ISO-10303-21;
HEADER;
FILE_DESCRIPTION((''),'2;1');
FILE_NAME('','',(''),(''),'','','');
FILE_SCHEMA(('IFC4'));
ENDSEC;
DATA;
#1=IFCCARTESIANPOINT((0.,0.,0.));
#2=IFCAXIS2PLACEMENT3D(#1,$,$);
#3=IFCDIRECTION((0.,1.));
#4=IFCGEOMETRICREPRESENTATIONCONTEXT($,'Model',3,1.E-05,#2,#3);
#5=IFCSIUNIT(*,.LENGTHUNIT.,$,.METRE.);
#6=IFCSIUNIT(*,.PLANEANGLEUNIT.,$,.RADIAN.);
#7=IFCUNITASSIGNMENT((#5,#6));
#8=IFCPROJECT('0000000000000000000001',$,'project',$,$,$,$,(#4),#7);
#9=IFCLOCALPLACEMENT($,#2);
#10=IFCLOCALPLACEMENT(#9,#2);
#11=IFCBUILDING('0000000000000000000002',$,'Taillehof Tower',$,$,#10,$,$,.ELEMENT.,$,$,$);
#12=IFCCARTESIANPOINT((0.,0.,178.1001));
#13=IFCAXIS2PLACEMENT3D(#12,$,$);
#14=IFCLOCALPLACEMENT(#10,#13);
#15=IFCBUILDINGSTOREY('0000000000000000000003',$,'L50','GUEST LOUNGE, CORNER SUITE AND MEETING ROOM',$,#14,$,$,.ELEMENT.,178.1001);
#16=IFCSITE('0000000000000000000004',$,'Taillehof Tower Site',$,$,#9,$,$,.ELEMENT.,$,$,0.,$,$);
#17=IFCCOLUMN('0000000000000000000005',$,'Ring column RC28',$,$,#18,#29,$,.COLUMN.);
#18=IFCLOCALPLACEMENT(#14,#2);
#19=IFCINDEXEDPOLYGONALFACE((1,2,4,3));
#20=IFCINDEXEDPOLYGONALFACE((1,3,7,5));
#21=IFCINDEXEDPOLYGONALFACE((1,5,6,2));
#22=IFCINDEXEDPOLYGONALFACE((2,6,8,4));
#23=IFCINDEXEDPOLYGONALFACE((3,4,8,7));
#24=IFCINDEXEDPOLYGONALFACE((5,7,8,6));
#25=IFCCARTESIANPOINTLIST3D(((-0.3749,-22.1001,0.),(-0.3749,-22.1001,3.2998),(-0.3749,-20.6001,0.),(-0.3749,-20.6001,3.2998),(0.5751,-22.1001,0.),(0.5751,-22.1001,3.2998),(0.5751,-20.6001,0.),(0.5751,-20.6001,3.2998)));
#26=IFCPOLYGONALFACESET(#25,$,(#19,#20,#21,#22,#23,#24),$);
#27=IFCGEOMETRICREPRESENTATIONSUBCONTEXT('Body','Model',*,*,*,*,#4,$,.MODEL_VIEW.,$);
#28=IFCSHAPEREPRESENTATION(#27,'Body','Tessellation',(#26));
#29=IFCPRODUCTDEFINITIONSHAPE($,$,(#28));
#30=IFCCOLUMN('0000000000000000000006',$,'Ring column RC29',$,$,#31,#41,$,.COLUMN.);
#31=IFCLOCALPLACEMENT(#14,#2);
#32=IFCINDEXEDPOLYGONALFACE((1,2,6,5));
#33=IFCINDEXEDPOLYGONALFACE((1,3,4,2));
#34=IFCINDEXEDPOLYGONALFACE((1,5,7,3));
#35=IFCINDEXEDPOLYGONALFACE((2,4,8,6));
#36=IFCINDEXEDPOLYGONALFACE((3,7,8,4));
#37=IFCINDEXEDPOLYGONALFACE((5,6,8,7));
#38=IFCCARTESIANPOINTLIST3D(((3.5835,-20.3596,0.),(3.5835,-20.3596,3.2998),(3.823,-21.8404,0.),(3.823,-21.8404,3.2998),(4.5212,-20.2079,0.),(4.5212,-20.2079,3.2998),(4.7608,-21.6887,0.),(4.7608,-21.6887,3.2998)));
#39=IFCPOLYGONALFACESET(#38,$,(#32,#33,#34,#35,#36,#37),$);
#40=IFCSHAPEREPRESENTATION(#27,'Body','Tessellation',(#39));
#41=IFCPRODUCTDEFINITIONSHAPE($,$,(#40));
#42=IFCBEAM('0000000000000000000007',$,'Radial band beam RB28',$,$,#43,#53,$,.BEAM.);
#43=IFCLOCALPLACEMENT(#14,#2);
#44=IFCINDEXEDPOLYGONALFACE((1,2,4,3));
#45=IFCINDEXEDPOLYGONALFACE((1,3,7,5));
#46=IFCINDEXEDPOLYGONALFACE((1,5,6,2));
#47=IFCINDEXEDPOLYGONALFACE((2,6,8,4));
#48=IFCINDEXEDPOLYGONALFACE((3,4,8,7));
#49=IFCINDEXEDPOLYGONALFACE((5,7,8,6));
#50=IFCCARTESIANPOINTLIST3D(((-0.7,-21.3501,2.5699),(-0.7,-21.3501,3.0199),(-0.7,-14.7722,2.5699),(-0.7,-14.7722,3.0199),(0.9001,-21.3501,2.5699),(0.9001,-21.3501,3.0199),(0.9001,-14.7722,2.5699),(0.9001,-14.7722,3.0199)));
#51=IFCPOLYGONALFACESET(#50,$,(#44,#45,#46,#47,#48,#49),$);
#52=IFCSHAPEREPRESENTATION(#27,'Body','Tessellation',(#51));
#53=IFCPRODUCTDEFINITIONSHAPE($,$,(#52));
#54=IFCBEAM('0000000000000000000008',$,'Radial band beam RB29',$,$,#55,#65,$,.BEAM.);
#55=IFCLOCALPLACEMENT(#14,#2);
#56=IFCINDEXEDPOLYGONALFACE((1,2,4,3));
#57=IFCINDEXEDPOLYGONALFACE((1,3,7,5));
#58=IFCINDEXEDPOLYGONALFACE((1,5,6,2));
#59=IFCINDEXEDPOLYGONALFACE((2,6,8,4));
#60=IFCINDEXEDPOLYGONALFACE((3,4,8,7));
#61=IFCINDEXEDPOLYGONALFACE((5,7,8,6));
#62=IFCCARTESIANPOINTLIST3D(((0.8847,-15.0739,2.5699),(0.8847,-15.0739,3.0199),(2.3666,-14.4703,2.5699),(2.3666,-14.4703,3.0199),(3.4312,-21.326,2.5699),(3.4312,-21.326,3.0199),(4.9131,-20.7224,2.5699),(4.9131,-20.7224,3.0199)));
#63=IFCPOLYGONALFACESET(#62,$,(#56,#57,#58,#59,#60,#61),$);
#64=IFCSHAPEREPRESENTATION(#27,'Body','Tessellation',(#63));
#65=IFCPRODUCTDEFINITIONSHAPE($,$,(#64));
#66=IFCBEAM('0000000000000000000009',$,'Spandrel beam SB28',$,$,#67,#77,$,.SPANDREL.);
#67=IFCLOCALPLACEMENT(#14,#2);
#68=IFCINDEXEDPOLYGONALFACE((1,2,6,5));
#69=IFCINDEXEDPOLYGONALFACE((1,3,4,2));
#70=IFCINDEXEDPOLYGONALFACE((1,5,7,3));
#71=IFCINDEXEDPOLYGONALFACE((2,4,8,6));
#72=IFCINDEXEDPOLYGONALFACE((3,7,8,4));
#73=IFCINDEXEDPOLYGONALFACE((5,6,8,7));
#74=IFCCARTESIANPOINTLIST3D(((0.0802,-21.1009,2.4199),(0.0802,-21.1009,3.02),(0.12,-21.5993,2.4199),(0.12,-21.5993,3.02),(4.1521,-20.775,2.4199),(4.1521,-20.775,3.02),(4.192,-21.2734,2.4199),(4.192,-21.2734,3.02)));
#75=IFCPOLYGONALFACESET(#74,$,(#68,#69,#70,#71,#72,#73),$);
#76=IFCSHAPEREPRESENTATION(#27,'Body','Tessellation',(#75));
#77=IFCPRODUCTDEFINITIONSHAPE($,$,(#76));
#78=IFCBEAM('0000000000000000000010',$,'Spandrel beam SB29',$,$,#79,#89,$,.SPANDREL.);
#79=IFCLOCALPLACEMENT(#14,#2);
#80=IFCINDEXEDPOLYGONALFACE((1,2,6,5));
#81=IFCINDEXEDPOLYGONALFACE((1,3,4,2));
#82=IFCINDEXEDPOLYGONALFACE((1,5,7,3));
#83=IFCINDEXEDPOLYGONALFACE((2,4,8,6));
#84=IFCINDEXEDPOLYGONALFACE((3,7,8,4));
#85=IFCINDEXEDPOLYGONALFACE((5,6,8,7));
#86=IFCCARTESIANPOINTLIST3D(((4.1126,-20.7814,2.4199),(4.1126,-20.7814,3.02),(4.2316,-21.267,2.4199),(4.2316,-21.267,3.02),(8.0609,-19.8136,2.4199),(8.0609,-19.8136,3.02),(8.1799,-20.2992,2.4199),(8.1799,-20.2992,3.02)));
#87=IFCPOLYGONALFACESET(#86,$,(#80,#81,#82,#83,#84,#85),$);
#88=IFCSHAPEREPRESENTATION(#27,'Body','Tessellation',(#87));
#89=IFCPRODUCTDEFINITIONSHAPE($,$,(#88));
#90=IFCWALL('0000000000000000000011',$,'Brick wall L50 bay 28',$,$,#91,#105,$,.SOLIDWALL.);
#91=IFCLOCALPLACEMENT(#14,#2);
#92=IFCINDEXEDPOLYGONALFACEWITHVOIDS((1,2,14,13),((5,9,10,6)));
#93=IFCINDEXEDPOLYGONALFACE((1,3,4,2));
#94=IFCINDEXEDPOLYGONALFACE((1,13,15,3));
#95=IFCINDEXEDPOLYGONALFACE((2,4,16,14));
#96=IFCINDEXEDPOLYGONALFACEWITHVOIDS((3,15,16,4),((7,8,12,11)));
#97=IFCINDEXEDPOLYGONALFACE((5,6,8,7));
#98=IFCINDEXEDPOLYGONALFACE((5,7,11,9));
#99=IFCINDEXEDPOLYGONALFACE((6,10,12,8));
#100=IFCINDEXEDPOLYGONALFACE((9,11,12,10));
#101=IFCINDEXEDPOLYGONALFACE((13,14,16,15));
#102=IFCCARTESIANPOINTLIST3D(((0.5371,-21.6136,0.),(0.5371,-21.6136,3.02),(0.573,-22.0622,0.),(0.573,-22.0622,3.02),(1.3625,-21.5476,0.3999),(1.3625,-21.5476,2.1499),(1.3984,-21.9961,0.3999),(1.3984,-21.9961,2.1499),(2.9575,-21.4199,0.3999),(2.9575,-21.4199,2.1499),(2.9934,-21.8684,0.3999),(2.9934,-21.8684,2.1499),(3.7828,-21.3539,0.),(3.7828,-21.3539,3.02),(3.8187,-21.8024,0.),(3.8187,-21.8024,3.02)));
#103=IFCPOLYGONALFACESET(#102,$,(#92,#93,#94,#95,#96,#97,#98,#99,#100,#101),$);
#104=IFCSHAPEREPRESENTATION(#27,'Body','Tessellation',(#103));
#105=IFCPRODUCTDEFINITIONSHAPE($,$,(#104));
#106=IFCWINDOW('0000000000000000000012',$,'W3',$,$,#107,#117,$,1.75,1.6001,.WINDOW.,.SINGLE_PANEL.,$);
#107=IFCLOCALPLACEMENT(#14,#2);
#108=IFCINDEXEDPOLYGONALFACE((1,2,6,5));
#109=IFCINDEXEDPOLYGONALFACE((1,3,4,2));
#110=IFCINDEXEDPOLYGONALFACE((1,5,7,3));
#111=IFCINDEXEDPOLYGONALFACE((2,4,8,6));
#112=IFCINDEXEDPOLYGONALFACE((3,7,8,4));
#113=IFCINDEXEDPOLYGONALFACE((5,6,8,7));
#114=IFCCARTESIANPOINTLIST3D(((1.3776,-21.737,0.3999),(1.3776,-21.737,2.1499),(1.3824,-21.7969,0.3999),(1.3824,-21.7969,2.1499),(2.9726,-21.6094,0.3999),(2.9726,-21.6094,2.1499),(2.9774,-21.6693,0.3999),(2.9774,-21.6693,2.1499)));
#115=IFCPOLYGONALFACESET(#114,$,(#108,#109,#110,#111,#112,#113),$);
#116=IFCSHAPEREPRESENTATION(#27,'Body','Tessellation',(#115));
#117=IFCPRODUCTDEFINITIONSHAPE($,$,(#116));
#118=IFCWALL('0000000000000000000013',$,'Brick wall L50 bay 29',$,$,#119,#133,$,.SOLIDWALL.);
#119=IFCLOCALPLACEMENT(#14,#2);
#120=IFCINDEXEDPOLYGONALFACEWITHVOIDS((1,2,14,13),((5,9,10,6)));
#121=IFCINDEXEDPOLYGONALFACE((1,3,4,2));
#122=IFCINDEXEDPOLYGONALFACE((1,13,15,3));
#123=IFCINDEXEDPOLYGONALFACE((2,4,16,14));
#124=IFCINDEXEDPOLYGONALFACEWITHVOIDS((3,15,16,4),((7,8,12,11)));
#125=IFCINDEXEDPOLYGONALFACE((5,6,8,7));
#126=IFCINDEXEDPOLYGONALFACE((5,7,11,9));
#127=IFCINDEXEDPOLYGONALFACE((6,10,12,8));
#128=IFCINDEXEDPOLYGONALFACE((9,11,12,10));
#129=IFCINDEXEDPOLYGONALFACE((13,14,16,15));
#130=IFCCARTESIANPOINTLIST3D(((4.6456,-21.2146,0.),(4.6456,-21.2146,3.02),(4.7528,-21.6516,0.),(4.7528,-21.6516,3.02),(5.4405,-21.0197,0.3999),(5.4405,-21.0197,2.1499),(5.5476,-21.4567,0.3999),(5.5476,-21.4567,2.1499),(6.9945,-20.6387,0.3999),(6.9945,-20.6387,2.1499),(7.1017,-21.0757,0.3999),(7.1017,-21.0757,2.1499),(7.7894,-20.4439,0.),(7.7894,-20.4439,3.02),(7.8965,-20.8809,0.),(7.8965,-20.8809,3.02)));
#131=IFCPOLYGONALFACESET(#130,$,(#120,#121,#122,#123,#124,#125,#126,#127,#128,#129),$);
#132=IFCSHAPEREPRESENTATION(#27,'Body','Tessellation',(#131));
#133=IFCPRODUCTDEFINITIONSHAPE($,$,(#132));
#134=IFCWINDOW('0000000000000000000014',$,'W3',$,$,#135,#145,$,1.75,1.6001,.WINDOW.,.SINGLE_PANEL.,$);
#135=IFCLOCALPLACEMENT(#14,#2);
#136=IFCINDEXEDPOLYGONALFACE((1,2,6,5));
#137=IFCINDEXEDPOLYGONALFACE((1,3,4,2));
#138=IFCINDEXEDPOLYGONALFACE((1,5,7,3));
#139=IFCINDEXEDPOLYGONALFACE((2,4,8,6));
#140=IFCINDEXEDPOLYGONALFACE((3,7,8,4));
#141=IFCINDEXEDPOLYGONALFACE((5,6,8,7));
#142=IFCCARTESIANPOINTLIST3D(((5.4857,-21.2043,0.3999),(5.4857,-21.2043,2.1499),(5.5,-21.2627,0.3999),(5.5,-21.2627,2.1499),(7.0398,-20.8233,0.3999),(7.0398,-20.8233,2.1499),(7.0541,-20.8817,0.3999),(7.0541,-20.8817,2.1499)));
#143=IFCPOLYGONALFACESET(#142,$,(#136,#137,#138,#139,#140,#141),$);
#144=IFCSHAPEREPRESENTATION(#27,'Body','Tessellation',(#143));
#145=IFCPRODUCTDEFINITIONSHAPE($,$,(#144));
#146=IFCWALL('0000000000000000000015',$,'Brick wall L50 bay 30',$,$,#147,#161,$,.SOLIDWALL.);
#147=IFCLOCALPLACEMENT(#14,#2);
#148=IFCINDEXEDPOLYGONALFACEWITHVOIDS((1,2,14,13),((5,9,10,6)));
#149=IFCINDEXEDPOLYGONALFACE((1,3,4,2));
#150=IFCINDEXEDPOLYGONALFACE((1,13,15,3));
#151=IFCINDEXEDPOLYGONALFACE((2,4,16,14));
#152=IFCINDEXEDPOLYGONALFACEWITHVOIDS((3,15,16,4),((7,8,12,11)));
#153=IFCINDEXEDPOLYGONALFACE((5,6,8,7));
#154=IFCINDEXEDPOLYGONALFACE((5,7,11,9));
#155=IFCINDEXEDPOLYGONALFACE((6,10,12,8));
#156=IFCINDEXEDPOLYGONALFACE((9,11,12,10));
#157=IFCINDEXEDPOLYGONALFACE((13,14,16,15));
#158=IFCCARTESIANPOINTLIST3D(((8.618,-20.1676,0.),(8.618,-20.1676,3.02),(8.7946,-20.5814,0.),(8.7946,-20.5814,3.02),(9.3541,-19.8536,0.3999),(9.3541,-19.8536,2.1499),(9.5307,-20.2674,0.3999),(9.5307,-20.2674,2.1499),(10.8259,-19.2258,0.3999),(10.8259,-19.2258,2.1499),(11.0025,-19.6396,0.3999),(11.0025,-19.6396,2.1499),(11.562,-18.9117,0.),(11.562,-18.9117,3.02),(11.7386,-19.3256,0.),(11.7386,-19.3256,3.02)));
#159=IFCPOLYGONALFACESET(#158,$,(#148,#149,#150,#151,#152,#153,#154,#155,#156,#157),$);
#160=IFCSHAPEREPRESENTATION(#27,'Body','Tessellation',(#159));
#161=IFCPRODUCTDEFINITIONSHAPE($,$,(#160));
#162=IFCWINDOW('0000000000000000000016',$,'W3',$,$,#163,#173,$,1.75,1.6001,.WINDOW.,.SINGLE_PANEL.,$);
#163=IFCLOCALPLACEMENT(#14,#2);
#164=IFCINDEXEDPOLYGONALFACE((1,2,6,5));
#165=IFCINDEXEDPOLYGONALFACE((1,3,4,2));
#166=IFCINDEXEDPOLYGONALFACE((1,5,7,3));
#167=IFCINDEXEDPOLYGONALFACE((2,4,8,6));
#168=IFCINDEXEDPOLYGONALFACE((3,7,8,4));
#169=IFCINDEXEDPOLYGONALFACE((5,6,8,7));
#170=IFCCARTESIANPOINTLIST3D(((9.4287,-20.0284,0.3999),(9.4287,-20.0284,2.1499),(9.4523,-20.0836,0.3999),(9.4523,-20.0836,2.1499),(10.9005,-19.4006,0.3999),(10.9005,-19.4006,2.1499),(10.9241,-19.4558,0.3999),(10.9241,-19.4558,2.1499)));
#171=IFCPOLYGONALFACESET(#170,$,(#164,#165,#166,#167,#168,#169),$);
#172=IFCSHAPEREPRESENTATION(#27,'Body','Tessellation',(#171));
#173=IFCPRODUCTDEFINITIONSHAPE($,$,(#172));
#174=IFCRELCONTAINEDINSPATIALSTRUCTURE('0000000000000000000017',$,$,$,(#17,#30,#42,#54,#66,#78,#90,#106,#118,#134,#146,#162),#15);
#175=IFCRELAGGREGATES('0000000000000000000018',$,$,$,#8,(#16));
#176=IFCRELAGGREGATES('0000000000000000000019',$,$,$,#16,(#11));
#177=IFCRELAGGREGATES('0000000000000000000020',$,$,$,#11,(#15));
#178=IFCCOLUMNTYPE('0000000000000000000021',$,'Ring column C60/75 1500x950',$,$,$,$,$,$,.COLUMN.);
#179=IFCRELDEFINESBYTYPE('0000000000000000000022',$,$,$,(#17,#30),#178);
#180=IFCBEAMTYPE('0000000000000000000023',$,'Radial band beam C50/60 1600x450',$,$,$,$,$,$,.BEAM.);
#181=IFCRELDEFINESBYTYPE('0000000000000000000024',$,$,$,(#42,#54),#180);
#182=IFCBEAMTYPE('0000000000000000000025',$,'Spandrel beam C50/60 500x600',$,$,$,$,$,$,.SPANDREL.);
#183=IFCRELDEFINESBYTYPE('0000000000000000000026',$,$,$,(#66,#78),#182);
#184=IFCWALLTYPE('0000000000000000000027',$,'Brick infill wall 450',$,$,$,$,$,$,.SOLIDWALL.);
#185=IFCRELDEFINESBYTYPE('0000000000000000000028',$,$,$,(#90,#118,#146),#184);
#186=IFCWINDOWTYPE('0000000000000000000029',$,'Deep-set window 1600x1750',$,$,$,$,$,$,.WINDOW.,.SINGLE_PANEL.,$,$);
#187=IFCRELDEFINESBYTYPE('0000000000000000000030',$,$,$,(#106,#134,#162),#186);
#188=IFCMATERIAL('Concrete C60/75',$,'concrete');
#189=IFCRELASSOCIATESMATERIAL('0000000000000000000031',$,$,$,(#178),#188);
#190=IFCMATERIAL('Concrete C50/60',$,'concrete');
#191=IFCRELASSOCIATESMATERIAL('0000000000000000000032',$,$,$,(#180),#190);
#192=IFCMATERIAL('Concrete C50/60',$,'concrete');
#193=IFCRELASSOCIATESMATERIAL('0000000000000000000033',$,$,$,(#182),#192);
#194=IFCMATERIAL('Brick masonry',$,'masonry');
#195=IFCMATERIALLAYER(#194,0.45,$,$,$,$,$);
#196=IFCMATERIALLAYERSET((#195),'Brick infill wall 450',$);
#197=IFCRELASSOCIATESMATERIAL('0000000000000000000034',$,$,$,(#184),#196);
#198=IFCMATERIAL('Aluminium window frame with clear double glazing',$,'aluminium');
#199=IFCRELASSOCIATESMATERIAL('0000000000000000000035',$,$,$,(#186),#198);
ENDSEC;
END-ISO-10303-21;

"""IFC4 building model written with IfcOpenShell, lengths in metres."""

from ifc_helpers import new_model, si_unit, direction, frame, frame_2d, origin, origin_2d, place, context, subcontext, project, spatial, rectangle, extrude, material, layer, layer_set, material_profile, profile_set, type_object, element, fill, save


model = new_model("IFC4")

# Units and contexts
model_context = context("Model", 3, precision=1e-05, world=origin(), true_north=direction((0.0, 1.0)))
body_context = subcontext(model_context, "Body", "Model", "MODEL_VIEW")
ifc_project = project(units=[si_unit("LENGTHUNIT", "METRE"), si_unit("PLANEANGLEUNIT", "RADIAN")], contexts=[model_context])

# Site, building, storey
site_placement = place(None, origin())
site = spatial("IfcSite", under=ifc_project, at=site_placement, Name="Taillehof Tower Site", CompositionType="ELEMENT", RefElevation=0.0)
building_placement = place(site_placement, origin())
building = spatial("IfcBuilding", under=site, at=building_placement, Name="Taillehof Tower", CompositionType="ELEMENT")
storey_placement = place(building_placement, frame((0.0, 0.0, 178.1001)))
storey = spatial("IfcBuildingStorey", under=building, at=storey_placement, Name="L50", Description="GUEST LOUNGE, CORNER SUITE AND MEETING ROOM", CompositionType="ELEMENT", Elevation=178.1001)

# Columns
ifc_material_1 = material(Name="Concrete C60/75", Category="concrete")
ifc_material_profile_1 = material_profile(ifc_material_1, rectangle(XDim=1.5, YDim=0.95, at=origin_2d()), Name="RC 1500x950")
ifc_profile_set_1 = profile_set([ifc_material_profile_1], Name="Concrete C60/75")
column_type = type_object("IfcColumnType", Name="Ring column C60/75 1500x950", PredefinedType="COLUMN", material=ifc_profile_set_1)
for number, where, z_axis, x_axis, name in (
    (1, (0.1001, -21.3501, 0.0), (0.0, 0.0, 1.0), (0.0, -1.0, 0.0), "Ring column RC28"),
    (2, (4.1721, -21.0242, 0.0), (0.0, 0.0, 1.0), (0.159679, -0.987169, 0.0), "Ring column RC29"),
):
    element("IfcColumn", number, at=place(storey_placement, frame(where, z_axis=z_axis, x_axis=x_axis)), inside=storey, type_object=column_type, Name=name, PredefinedType="COLUMN", context=body_context, shape_type="SweptSolid", body=[
        extrude(rectangle(XDim=1.5, YDim=0.95, at=origin_2d()), origin(), (0.0, 0.0, 1.0), 3.2998),
    ])

# Beams
ifc_material_2 = material(Name="Concrete C50/60", Category="concrete")
ifc_material_profile_2 = material_profile(ifc_material_2, rectangle(XDim=1.6001, YDim=0.45, at=origin_2d()), Name="RC 1600x450")
ifc_profile_set_2 = profile_set([ifc_material_profile_2], Name="Concrete C50/60")
beam_type_1 = type_object("IfcBeamType", Name="Radial band beam C50/60 1600x450", PredefinedType="BEAM", material=ifc_profile_set_2)
beam_1_placement = place(storey_placement, frame((0.1001, -21.3501, 2.7949), z_axis=(0.0, 1.0, 0.0), x_axis=(-1.0, 0.0, 0.0)))
element("IfcBeam", 3, at=beam_1_placement, inside=storey, type_object=beam_type_1, Name="Radial band beam RB28", PredefinedType="BEAM", context=body_context, shape_type="SweptSolid", body=[
    extrude(rectangle(XDim=1.6001, YDim=0.45, at=origin_2d()), origin(), (0.0, 0.0, 1.0), 6.5779),
])
beam_2_placement = place(storey_placement, frame((4.1721, -21.0242, 2.7949), z_axis=(-0.377207, 0.926129, 0.0), x_axis=(-0.926129, -0.377207, 0.0)))
element("IfcBeam", 4, at=beam_2_placement, inside=storey, type_object=beam_type_1, Name="Radial band beam RB29", PredefinedType="BEAM", context=body_context, shape_type="SweptSolid", body=[
    extrude(rectangle(XDim=1.6001, YDim=0.45, at=origin_2d()), origin(), (0.0, 0.0, 1.0), 6.7507),
])
ifc_material_3 = material(Name="Concrete C50/60", Category="concrete")
ifc_material_profile_3 = material_profile(ifc_material_3, rectangle(XDim=0.5, YDim=0.6001, at=origin_2d()), Name="RC 500x600")
ifc_profile_set_3 = profile_set([ifc_material_profile_3], Name="Concrete C50/60")
beam_type_2 = type_object("IfcBeamType", Name="Spandrel beam C50/60 500x600", PredefinedType="SPANDREL", material=ifc_profile_set_3)
beam_3_placement = place(storey_placement, frame((0.1001, -21.3501, 2.72), z_axis=(0.996812, 0.079786, 0.0), x_axis=(-0.079786, 0.996812, 0.0)))
element("IfcBeam", 5, at=beam_3_placement, inside=storey, type_object=beam_type_2, Name="Spandrel beam SB28", PredefinedType="SPANDREL", context=body_context, shape_type="SweptSolid", body=[
    extrude(rectangle(XDim=0.5, YDim=0.6001, at=origin_2d()), origin(), (0.0, 0.0, 1.0), 4.085),
])
beam_4_placement = place(storey_placement, frame((4.1721, -21.0242, 2.72), z_axis=(0.971249, 0.238068, 0.0), x_axis=(-0.238068, 0.971249, 0.0)))
element("IfcBeam", 6, at=beam_4_placement, inside=storey, type_object=beam_type_2, Name="Spandrel beam SB29", PredefinedType="SPANDREL", context=body_context, shape_type="SweptSolid", body=[
    extrude(rectangle(XDim=0.5, YDim=0.6001, at=origin_2d()), origin(), (0.0, 0.0, 1.0), 4.0652),
])

# Walls, openings, windows
ifc_material_4 = material(Name="Brick masonry", Category="masonry")
ifc_layer_1 = layer(ifc_material_4, 0.45)
ifc_layer_set_1 = layer_set([ifc_layer_1], Name="Brick infill wall 450")
wall_type_1 = type_object("IfcWallType", Name="Brick infill wall 450", PredefinedType="SOLIDWALL", material=ifc_layer_set_1)
wall_1_placement = place(storey_placement, frame((0.5552, -21.8379, 0.0), z_axis=(0.0, 0.0, 1.0), x_axis=(0.996812, 0.079781, 0.0)))
wall_1 = element("IfcWall", 7, at=wall_1_placement, inside=storey, type_object=wall_type_1, Name="Brick wall L50 bay 28", PredefinedType="SOLIDWALL", context=body_context, shape_type="SweptSolid", body=[
    extrude(rectangle(XDim=3.2561, YDim=0.45, at=frame_2d((1.6279, 0.0))), origin(), (0.0, 0.0, 1.0), 3.02),
])
opening_1_placement = place(wall_1_placement, frame((0.8279, 0.0, 0.3999)))
opening_1 = element("IfcOpeningElement", 8, at=opening_1_placement, cuts=wall_1, PredefinedType="OPENING", context=body_context, shape_type="SweptSolid", body=[
    extrude(rectangle(XDim=1.6001, YDim=1.75, at=frame_2d((0.8, 0.875))), frame((0.0, 0.2349, 0.0), z_axis=(0.0, -1.0, 0.0), x_axis=(1.0, 0.0, 0.0)), (0.0, 0.0, 1.0), 0.47),
])
ifc_material_5 = material(Name="Aluminium window frame with clear double glazing", Category="aluminium")
window_type = type_object("IfcWindowType", Name="Deep-set window 1600x1750", PartitioningType="SINGLE_PANEL", PredefinedType="WINDOW", material=ifc_material_5)
window_1_placement = place(opening_1_placement, origin())
window_1 = element("IfcWindow", 9, at=window_1_placement, inside=storey, type_object=window_type, Name="W3", OverallHeight=1.75, OverallWidth=1.6001, PartitioningType="SINGLE_PANEL", PredefinedType="WINDOW", context=body_context, shape_type="SweptSolid", body=[
    extrude(rectangle(XDim=1.6001, YDim=1.75, at=frame_2d((0.8, 0.875))), frame((0.0, 0.0349, 0.0), z_axis=(0.0, -1.0, 0.0), x_axis=(1.0, 0.0, 0.0)), (0.0, 0.0, 1.0), 0.0601),
])
fill(opening_1, window_1)
wall_2_placement = place(storey_placement, frame((4.6992, -21.4331, 0.0), z_axis=(0.0, 0.0, 1.0), x_axis=(0.971237, 0.238114, 0.0)))
wall_2 = element("IfcWall", 10, at=wall_2_placement, inside=storey, type_object=wall_type_1, Name="Brick wall L50 bay 29", PredefinedType="SOLIDWALL", context=body_context, shape_type="SweptSolid", body=[
    extrude(rectangle(XDim=3.2368, YDim=0.45, at=frame_2d((1.6184, 0.0))), origin(), (0.0, 0.0, 1.0), 3.02),
])
opening_2_placement = place(wall_2_placement, frame((0.8184, 0.0, 0.3999)))
opening_2 = element("IfcOpeningElement", 11, at=opening_2_placement, cuts=wall_2, PredefinedType="OPENING", context=body_context, shape_type="SweptSolid", body=[
    extrude(rectangle(XDim=1.6001, YDim=1.75, at=frame_2d((0.8, 0.875))), frame((0.0, 0.2349, 0.0), z_axis=(0.0, -1.0, 0.0), x_axis=(1.0, 0.0, 0.0)), (0.0, 0.0, 1.0), 0.47),
])
window_2_placement = place(opening_2_placement, origin())
window_2 = element("IfcWindow", 12, at=window_2_placement, inside=storey, type_object=window_type, Name="W3", OverallHeight=1.75, OverallWidth=1.6001, PartitioningType="SINGLE_PANEL", PredefinedType="WINDOW", context=body_context, shape_type="SweptSolid", body=[
    extrude(rectangle(XDim=1.6001, YDim=1.75, at=frame_2d((0.8, 0.875))), frame((0.0, 0.0349, 0.0), z_axis=(0.0, -1.0, 0.0), x_axis=(1.0, 0.0, 0.0)), (0.0, 0.0, 1.0), 0.0601),
])
fill(opening_2, window_2)
wall_3_placement = place(storey_placement, frame((8.7063, -20.3745, 0.0), z_axis=(0.0, 0.0, 1.0), x_axis=(0.91981, 0.392363, 0.0)))
wall_3 = element("IfcWall", 13, at=wall_3_placement, inside=storey, type_object=wall_type_1, Name="Brick wall L50 bay 30", PredefinedType="SOLIDWALL", context=body_context, shape_type="SweptSolid", body=[
    extrude(rectangle(XDim=3.2007, YDim=0.45, at=frame_2d((1.6003, 0.0))), origin(), (0.0, 0.0, 1.0), 3.02),
])
opening_3_placement = place(wall_3_placement, frame((0.8003, 0.0, 0.3999)))
opening_3 = element("IfcOpeningElement", 14, at=opening_3_placement, cuts=wall_3, PredefinedType="OPENING", context=body_context, shape_type="SweptSolid", body=[
    extrude(rectangle(XDim=1.6001, YDim=1.75, at=frame_2d((0.8, 0.875))), frame((0.0, 0.2349, 0.0), z_axis=(0.0, -1.0, 0.0), x_axis=(1.0, 0.0, 0.0)), (0.0, 0.0, 1.0), 0.47),
])
window_3_placement = place(opening_3_placement, origin())
window_3 = element("IfcWindow", 15, at=window_3_placement, inside=storey, type_object=window_type, Name="W3", OverallHeight=1.75, OverallWidth=1.6001, PartitioningType="SINGLE_PANEL", PredefinedType="WINDOW", context=body_context, shape_type="SweptSolid", body=[
    extrude(rectangle(XDim=1.6001, YDim=1.75, at=frame_2d((0.8, 0.875))), frame((0.0, 0.0349, 0.0), z_axis=(0.0, -1.0, 0.0), x_axis=(1.0, 0.0, 0.0)), (0.0, 0.0, 1.0), 0.0601),
])
fill(opening_3, window_3)

save(model, "model.ifc")
